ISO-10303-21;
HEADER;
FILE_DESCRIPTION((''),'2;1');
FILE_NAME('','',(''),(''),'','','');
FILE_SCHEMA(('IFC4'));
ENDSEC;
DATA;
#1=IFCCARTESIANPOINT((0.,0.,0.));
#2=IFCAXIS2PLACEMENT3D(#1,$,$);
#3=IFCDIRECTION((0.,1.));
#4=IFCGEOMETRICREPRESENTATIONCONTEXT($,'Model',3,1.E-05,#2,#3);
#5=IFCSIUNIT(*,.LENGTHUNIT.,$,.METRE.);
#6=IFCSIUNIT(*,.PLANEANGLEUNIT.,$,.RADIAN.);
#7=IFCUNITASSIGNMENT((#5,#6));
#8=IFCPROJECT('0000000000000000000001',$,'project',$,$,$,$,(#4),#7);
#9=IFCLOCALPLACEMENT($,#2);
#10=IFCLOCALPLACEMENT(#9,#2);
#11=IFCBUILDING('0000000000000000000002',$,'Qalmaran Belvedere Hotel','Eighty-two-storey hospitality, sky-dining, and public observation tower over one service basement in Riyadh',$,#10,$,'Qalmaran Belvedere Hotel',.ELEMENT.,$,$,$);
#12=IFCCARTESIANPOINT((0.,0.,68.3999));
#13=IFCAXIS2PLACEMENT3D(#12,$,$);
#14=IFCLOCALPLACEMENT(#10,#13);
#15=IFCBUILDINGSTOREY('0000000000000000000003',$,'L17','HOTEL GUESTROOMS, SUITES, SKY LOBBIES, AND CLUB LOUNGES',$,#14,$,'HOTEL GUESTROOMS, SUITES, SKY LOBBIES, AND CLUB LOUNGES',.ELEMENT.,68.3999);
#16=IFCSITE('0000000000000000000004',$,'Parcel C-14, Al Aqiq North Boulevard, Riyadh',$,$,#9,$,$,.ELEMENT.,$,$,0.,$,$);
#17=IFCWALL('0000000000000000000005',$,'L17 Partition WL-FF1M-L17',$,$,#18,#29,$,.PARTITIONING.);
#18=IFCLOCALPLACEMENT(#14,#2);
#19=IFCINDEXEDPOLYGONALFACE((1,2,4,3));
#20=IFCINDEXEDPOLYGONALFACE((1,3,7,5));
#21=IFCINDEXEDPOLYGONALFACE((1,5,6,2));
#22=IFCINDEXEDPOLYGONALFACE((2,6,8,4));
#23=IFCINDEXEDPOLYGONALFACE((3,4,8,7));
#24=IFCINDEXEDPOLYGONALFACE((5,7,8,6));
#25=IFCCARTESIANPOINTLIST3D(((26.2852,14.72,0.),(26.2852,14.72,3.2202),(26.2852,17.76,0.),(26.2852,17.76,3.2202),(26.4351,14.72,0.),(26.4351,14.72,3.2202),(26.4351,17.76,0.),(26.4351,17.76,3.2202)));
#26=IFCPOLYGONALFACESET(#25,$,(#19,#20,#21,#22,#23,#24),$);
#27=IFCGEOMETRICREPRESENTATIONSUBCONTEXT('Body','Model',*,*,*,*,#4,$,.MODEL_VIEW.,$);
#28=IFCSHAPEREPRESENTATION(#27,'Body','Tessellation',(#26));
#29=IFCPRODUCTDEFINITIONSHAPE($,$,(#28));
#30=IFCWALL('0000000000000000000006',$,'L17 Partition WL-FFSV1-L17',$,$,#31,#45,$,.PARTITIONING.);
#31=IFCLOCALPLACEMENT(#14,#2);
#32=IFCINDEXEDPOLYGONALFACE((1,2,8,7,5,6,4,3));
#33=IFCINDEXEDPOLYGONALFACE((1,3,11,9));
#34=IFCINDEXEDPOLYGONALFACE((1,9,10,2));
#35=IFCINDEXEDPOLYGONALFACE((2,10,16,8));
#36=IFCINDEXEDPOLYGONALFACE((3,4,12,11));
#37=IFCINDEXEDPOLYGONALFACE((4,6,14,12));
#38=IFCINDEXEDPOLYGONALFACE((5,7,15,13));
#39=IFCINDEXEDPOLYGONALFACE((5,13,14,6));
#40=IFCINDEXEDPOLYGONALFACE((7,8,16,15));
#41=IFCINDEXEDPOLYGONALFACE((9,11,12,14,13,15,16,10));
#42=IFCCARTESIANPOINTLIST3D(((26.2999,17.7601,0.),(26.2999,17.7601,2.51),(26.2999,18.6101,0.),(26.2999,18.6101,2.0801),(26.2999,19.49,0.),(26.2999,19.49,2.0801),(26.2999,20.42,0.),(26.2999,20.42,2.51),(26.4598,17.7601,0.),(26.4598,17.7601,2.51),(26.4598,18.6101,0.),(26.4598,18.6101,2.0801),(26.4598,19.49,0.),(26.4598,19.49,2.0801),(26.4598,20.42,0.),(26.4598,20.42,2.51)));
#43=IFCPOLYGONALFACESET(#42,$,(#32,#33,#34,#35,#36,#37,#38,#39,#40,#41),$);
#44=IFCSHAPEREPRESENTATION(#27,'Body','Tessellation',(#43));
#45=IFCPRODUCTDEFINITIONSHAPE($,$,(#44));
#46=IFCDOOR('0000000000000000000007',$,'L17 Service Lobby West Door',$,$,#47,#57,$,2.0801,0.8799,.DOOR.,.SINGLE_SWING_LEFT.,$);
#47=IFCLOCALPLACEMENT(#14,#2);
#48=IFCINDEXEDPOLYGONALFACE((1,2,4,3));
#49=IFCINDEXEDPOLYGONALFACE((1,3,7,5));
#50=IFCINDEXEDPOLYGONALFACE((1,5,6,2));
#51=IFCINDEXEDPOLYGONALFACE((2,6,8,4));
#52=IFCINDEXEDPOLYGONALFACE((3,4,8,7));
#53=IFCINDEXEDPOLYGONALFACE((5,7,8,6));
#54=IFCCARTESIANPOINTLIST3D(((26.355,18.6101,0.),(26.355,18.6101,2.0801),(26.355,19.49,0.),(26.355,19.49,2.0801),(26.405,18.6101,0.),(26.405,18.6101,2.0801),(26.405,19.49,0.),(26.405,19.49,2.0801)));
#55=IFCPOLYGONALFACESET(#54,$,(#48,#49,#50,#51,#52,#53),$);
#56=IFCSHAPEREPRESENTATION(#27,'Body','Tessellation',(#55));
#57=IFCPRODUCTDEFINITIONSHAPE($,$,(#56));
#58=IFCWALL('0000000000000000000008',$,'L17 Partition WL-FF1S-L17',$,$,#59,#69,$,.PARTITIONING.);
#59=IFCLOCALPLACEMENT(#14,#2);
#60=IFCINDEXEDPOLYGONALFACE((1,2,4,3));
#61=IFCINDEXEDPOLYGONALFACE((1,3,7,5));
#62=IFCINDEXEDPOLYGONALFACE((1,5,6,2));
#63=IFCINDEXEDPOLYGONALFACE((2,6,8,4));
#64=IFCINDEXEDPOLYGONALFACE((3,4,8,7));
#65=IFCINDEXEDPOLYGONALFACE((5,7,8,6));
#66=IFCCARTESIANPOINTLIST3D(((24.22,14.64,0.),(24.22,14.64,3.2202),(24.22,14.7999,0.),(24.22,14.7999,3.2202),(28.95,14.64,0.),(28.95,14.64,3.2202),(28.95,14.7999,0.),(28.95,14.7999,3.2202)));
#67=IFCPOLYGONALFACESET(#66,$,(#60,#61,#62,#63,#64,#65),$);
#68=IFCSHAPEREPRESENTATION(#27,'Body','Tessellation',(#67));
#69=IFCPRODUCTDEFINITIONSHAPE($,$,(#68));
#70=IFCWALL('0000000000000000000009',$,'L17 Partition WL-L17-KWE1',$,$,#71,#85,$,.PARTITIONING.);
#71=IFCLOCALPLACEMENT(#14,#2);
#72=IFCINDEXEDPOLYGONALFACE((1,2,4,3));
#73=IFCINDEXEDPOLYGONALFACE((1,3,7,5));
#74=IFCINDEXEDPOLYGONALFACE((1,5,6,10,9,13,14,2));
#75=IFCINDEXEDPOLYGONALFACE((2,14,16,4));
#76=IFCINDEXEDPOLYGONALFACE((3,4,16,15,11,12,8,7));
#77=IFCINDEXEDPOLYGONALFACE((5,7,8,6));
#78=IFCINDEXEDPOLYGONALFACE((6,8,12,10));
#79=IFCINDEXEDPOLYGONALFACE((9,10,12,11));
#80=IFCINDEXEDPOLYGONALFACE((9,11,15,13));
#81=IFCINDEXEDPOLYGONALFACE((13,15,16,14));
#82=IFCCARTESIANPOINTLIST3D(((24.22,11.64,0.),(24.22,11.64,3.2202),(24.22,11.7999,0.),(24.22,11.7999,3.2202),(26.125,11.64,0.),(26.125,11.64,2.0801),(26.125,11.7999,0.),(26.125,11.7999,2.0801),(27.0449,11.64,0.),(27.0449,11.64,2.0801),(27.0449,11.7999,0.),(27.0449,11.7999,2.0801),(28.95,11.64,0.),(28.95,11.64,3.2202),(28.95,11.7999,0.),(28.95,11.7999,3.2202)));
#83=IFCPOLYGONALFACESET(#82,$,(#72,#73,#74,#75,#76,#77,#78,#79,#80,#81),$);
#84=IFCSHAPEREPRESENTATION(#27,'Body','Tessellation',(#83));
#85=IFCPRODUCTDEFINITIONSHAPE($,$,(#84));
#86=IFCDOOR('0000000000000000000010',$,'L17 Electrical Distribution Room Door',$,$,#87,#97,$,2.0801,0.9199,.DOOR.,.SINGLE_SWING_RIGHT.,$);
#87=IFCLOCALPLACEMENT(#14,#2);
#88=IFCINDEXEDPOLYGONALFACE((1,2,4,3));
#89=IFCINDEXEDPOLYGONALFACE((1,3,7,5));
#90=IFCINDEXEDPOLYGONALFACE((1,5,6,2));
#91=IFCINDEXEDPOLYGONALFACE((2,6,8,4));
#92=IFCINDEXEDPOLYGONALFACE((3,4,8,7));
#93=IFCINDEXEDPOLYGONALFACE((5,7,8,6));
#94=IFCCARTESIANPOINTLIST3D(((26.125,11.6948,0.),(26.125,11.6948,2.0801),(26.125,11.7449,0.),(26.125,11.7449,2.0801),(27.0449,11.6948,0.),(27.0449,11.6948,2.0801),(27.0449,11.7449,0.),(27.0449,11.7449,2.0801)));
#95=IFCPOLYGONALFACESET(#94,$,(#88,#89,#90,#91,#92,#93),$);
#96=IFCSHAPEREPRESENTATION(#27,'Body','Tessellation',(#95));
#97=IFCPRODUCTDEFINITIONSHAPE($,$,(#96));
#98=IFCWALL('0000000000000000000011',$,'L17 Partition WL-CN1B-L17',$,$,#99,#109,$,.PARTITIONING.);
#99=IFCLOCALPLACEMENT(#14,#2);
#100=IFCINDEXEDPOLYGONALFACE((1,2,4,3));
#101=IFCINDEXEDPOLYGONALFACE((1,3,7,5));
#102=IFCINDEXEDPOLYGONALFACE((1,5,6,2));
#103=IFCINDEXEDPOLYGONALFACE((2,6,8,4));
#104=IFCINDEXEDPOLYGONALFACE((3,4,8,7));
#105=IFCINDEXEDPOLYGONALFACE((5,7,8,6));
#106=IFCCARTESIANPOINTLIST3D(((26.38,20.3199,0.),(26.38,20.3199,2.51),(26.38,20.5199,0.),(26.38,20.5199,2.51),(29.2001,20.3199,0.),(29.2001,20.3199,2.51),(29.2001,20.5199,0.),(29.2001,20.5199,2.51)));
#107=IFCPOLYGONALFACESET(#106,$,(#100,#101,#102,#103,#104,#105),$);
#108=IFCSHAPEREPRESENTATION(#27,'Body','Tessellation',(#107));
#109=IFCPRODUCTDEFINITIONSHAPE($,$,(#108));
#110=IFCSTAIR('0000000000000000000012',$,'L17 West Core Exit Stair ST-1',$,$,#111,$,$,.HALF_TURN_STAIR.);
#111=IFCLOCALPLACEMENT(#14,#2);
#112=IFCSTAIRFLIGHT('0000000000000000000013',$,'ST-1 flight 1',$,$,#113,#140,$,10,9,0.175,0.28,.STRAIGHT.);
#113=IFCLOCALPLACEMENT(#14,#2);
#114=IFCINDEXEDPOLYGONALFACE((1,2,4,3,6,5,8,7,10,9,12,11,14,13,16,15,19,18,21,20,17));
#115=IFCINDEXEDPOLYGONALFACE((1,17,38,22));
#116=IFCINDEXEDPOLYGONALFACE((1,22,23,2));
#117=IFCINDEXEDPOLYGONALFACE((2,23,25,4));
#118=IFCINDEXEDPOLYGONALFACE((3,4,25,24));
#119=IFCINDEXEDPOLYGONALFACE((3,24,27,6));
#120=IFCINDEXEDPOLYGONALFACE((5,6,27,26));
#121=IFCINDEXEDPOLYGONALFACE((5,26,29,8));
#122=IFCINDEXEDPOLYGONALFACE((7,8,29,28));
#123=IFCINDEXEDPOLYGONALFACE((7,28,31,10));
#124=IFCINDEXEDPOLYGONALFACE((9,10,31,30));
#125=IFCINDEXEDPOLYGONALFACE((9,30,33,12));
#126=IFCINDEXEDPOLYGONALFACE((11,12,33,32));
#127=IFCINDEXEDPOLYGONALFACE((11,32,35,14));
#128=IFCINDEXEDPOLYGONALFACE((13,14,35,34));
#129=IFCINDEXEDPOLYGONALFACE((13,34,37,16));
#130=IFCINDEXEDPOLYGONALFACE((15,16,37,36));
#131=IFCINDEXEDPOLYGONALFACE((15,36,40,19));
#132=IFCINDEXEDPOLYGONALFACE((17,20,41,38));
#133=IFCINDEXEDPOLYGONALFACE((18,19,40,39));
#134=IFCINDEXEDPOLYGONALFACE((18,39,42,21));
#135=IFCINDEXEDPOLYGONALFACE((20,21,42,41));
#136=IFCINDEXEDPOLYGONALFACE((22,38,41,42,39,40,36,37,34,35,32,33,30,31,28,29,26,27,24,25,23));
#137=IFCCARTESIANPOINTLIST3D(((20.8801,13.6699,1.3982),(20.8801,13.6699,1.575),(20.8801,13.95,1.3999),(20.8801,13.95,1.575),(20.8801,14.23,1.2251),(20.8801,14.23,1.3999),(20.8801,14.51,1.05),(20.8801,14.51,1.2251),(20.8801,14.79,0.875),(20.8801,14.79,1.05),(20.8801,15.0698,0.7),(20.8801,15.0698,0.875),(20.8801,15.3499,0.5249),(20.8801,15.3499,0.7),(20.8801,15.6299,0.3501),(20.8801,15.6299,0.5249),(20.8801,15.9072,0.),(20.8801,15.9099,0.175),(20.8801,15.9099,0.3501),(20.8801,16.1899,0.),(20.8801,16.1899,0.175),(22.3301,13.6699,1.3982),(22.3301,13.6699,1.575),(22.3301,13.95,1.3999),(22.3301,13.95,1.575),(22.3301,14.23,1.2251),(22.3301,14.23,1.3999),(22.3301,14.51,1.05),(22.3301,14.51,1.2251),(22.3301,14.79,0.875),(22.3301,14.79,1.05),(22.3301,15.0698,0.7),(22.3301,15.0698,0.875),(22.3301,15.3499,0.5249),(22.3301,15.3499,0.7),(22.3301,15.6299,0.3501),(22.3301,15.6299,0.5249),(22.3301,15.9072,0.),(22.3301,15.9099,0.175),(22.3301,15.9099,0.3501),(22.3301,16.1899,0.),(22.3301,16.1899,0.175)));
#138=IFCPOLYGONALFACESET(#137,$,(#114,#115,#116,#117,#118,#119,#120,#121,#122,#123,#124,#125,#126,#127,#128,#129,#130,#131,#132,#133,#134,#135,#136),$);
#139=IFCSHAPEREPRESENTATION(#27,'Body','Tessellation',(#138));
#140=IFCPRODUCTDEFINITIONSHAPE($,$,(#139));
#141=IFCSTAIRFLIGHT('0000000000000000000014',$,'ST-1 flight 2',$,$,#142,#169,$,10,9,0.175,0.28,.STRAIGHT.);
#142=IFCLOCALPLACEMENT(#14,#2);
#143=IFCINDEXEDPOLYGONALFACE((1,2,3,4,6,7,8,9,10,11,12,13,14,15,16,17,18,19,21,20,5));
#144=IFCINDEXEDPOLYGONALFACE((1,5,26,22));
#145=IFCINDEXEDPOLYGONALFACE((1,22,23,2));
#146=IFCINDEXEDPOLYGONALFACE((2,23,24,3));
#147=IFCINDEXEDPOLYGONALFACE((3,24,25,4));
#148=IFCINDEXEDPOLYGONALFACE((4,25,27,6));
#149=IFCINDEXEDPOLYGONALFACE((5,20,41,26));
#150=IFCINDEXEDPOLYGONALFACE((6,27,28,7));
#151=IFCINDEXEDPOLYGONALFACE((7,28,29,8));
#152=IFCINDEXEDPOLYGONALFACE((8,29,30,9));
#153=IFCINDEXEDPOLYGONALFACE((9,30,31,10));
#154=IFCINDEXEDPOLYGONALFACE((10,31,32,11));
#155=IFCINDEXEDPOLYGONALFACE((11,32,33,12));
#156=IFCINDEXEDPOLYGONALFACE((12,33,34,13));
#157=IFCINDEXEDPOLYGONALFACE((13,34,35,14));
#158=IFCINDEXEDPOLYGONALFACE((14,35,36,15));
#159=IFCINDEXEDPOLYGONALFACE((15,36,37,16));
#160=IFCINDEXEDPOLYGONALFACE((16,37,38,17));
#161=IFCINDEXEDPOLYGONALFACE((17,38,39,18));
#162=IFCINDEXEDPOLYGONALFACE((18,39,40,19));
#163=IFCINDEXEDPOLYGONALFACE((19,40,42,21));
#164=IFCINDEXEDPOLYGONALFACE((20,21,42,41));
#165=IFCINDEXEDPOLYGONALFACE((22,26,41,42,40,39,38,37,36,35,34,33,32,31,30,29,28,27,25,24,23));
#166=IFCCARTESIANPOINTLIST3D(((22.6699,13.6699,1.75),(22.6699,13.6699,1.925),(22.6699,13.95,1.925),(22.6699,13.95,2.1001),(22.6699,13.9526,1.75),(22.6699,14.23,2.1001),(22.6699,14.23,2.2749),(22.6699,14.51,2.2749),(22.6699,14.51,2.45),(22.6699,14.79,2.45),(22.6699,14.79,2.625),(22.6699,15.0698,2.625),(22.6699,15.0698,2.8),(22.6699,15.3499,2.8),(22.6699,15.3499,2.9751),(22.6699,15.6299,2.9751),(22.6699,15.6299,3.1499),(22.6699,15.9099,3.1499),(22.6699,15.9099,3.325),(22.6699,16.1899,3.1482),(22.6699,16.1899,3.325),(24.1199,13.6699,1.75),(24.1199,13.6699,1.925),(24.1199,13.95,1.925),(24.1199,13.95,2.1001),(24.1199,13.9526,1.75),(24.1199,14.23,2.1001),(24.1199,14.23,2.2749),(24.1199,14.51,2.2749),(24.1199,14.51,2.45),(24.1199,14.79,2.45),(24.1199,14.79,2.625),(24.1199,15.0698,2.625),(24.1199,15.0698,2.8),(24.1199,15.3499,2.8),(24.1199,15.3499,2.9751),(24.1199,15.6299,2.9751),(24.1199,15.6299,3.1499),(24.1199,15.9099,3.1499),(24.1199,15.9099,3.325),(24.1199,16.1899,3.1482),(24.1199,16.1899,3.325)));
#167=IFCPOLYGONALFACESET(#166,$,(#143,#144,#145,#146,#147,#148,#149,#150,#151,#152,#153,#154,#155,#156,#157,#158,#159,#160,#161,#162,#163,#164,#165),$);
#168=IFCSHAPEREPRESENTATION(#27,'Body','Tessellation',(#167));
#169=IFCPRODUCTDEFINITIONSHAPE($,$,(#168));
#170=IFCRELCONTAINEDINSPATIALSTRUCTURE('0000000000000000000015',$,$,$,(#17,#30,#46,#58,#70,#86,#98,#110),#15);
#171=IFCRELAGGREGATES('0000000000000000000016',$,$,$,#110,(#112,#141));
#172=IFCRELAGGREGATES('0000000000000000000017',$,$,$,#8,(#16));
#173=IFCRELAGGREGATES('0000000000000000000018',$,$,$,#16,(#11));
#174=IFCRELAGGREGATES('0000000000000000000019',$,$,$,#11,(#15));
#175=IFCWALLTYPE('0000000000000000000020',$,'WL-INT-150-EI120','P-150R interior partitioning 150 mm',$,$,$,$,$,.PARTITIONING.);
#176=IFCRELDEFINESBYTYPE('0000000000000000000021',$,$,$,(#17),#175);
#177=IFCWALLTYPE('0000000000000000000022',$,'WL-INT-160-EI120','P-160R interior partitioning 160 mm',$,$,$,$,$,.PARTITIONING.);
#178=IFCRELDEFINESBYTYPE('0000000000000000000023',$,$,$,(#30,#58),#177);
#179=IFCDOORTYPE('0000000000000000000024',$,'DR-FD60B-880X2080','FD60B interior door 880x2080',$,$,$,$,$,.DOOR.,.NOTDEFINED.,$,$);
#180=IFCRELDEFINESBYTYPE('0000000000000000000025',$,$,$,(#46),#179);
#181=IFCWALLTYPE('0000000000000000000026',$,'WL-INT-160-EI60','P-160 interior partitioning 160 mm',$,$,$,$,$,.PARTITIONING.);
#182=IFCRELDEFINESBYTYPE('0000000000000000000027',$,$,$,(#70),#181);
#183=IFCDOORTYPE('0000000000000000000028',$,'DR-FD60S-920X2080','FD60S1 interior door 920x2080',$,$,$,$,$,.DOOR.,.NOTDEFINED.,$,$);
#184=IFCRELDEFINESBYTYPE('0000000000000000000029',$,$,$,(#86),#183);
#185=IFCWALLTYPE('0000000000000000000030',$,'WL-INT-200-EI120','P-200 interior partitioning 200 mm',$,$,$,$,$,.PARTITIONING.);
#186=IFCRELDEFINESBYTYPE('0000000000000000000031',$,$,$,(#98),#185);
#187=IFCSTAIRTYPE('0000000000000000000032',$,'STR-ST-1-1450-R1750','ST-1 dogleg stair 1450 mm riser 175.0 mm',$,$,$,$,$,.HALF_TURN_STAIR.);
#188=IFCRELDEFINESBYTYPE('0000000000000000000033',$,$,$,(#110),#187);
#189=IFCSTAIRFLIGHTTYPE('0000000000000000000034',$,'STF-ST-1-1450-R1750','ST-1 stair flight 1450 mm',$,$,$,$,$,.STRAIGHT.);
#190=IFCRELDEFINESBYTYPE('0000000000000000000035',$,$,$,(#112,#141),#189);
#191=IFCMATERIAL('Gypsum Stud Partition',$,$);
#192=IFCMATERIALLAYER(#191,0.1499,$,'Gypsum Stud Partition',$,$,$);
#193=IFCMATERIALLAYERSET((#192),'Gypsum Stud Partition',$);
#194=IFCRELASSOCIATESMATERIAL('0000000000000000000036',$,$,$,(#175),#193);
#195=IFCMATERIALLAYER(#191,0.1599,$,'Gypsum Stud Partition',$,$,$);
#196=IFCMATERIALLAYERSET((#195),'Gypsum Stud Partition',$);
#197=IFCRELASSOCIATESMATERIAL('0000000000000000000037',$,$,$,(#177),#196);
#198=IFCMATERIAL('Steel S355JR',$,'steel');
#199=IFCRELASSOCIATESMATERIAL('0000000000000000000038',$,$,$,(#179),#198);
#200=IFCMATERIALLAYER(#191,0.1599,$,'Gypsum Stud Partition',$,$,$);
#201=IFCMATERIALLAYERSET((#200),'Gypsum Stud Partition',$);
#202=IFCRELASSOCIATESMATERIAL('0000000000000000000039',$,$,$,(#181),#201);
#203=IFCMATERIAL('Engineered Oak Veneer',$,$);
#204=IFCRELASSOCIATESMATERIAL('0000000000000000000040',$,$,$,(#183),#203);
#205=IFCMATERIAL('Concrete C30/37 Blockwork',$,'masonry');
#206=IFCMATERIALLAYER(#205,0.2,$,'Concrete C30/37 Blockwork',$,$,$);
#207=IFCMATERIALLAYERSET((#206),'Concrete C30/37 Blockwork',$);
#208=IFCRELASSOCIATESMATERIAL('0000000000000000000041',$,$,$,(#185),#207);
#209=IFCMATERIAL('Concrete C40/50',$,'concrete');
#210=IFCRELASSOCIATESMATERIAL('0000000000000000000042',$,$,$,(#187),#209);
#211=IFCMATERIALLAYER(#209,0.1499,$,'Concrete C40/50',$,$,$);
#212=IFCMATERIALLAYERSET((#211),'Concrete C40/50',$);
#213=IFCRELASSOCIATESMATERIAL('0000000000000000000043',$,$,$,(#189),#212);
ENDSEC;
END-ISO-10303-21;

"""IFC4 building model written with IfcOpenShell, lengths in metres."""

from ifc_helpers import new_model, si_unit, direction, frame, frame_2d, origin, place, context, subcontext, project, spatial, polyline, rectangle, outline, extrude, material, layer, layer_set, type_object, element, fill, aggregate, save


model = new_model("IFC4")

# Units and contexts
model_context = context("Model", 3, precision=1e-05, world=origin(), true_north=direction((0.0, 1.0)))
body_context = subcontext(model_context, "Body", "Model", "MODEL_VIEW")
ifc_project = project(units=[si_unit("LENGTHUNIT", "METRE"), si_unit("PLANEANGLEUNIT", "RADIAN")], contexts=[model_context])

# Site, building, storey
site_placement = place(None, origin())
site = spatial("IfcSite", under=ifc_project, at=site_placement, Name="Parcel C-14, Al Aqiq North Boulevard, Riyadh", CompositionType="ELEMENT", RefElevation=0.0)
building_placement = place(site_placement, origin())
building = spatial("IfcBuilding", under=site, at=building_placement, Name="Qalmaran Belvedere Hotel", Description="Eighty-two-storey hospitality, sky-dining, and public observation tower over one service basement in Riyadh", LongName="Qalmaran Belvedere Hotel", CompositionType="ELEMENT")
storey_placement = place(building_placement, frame((0.0, 0.0, 68.3999)))
storey = spatial("IfcBuildingStorey", under=building, at=storey_placement, Name="L17", Description="HOTEL GUESTROOMS, SUITES, SKY LOBBIES, AND CLUB LOUNGES", LongName="HOTEL GUESTROOMS, SUITES, SKY LOBBIES, AND CLUB LOUNGES", CompositionType="ELEMENT", Elevation=68.3999)

# Wall
ifc_material_1 = material(Name="Gypsum Stud Partition")
ifc_layer_1 = layer(ifc_material_1, 0.1499, Name="Gypsum Stud Partition")
ifc_layer_set_1 = layer_set([ifc_layer_1], Name="Gypsum Stud Partition")
wall_type_1 = type_object("IfcWallType", Name="WL-INT-150-EI120", Description="P-150R interior partitioning 150 mm", PredefinedType="PARTITIONING", material=ifc_layer_set_1)
wall_1_placement = place(storey_placement, frame((26.3601, 14.72, 0.0), z_axis=(0.0, 0.0, 1.0), x_axis=(0.0, 1.0, 0.0)))
element("IfcWall", 1, at=wall_1_placement, inside=storey, type_object=wall_type_1, Name="L17 Partition WL-FF1M-L17", PredefinedType="PARTITIONING", context=body_context, shape_type="SweptSolid", body=[
    extrude(rectangle(XDim=3.04, YDim=0.1499, at=frame_2d((1.52, 0.0))), origin(), (0.0, 0.0, 1.0), 3.2202),
])

# Wall, opening, door
ifc_layer_2 = layer(ifc_material_1, 0.1599, Name="Gypsum Stud Partition")
ifc_layer_set_2 = layer_set([ifc_layer_2], Name="Gypsum Stud Partition")
wall_type_2 = type_object("IfcWallType", Name="WL-INT-160-EI120", Description="P-160R interior partitioning 160 mm", PredefinedType="PARTITIONING", material=ifc_layer_set_2)
wall_2_placement = place(storey_placement, frame((26.3799, 17.76, 0.0), z_axis=(0.0, 0.0, 1.0), x_axis=(0.0, 1.0, 0.0)))
wall_2 = element("IfcWall", 2, at=wall_2_placement, inside=storey, type_object=wall_type_2, Name="L17 Partition WL-FFSV1-L17", PredefinedType="PARTITIONING", context=body_context, shape_type="SweptSolid", body=[
    extrude(rectangle(XDim=2.6599, YDim=0.1599, at=frame_2d((1.3301, 0.0))), origin(), (0.0, 0.0, 1.0), 2.51),
])
opening_1_placement = place(wall_2_placement, frame((0.8501, 0.0, 0.0)))
opening_1 = element("IfcOpeningElement", 3, at=opening_1_placement, cuts=wall_2, PredefinedType="OPENING", context=body_context, shape_type="SweptSolid", body=[
    extrude(rectangle(XDim=0.8799, YDim=2.0801, at=frame_2d((0.4399, 1.04))), frame((0.0, 0.0898, 0.0), z_axis=(0.0, -1.0, 0.0), x_axis=(1.0, 0.0, 0.0)), (0.0, 0.0, 1.0), 0.1799),
])
ifc_material_2 = material(Name="Steel S355JR", Category="steel")
door_type_1 = type_object("IfcDoorType", Name="DR-FD60B-880X2080", Description="FD60B interior door 880x2080", OperationType="NOTDEFINED", PredefinedType="DOOR", material=ifc_material_2)
door_1_placement = place(opening_1_placement, origin())
door_1 = element("IfcDoor", 4, at=door_1_placement, inside=storey, type_object=door_type_1, Name="L17 Service Lobby West Door", OperationType="SINGLE_SWING_LEFT", OverallHeight=2.0801, OverallWidth=0.8799, PredefinedType="DOOR", context=body_context, shape_type="SweptSolid", body=[
    extrude(rectangle(XDim=0.8799, YDim=2.0801, at=frame_2d((0.4399, 1.04))), frame((0.0, 0.0249, 0.0), z_axis=(0.0, -1.0, 0.0), x_axis=(1.0, 0.0, 0.0)), (0.0, 0.0, 1.0), 0.05),
])
fill(opening_1, door_1)

# Wall
wall_3_placement = place(storey_placement, frame((24.22, 14.72, 0.0), z_axis=(0.0, 0.0, 1.0), x_axis=(1.0, 0.0, 0.0)))
element("IfcWall", 5, at=wall_3_placement, inside=storey, type_object=wall_type_2, Name="L17 Partition WL-FF1S-L17", PredefinedType="PARTITIONING", context=body_context, shape_type="SweptSolid", body=[
    extrude(rectangle(XDim=4.73, YDim=0.1599, at=frame_2d((2.365, 0.0))), origin(), (0.0, 0.0, 1.0), 3.2202),
])

# Wall, opening, door
ifc_layer_3 = layer(ifc_material_1, 0.1599, Name="Gypsum Stud Partition")
ifc_layer_set_3 = layer_set([ifc_layer_3], Name="Gypsum Stud Partition")
wall_type_3 = type_object("IfcWallType", Name="WL-INT-160-EI60", Description="P-160 interior partitioning 160 mm", PredefinedType="PARTITIONING", material=ifc_layer_set_3)
wall_4_placement = place(storey_placement, frame((24.22, 11.72, 0.0), z_axis=(0.0, 0.0, 1.0), x_axis=(1.0, 0.0, 0.0)))
wall_4 = element("IfcWall", 6, at=wall_4_placement, inside=storey, type_object=wall_type_3, Name="L17 Partition WL-L17-KWE1", PredefinedType="PARTITIONING", context=body_context, shape_type="SweptSolid", body=[
    extrude(rectangle(XDim=4.73, YDim=0.1599, at=frame_2d((2.365, 0.0))), origin(), (0.0, 0.0, 1.0), 3.2202),
])
opening_2_placement = place(wall_4_placement, frame((1.905, 0.0, 0.0)))
opening_2 = element("IfcOpeningElement", 7, at=opening_2_placement, cuts=wall_4, PredefinedType="OPENING", context=body_context, shape_type="SweptSolid", body=[
    extrude(rectangle(XDim=0.9199, YDim=2.0801, at=frame_2d((0.46, 1.04))), frame((0.0, 0.0898, 0.0), z_axis=(0.0, -1.0, 0.0), x_axis=(1.0, 0.0, 0.0)), (0.0, 0.0, 1.0), 0.1799),
])
ifc_material_3 = material(Name="Engineered Oak Veneer")
door_type_2 = type_object("IfcDoorType", Name="DR-FD60S-920X2080", Description="FD60S1 interior door 920x2080", OperationType="NOTDEFINED", PredefinedType="DOOR", material=ifc_material_3)
door_2_placement = place(opening_2_placement, origin())
door_2 = element("IfcDoor", 8, at=door_2_placement, inside=storey, type_object=door_type_2, Name="L17 Electrical Distribution Room Door", OperationType="SINGLE_SWING_RIGHT", OverallHeight=2.0801, OverallWidth=0.9199, PredefinedType="DOOR", context=body_context, shape_type="SweptSolid", body=[
    extrude(rectangle(XDim=0.9199, YDim=2.0801, at=frame_2d((0.46, 1.04))), frame((0.0, 0.0249, 0.0), z_axis=(0.0, -1.0, 0.0), x_axis=(1.0, 0.0, 0.0)), (0.0, 0.0, 1.0), 0.05),
])
fill(opening_2, door_2)

# Wall
ifc_material_4 = material(Name="Concrete C30/37 Blockwork", Category="masonry")
ifc_layer_4 = layer(ifc_material_4, 0.2, Name="Concrete C30/37 Blockwork")
ifc_layer_set_4 = layer_set([ifc_layer_4], Name="Concrete C30/37 Blockwork")
wall_type_4 = type_object("IfcWallType", Name="WL-INT-200-EI120", Description="P-200 interior partitioning 200 mm", PredefinedType="PARTITIONING", material=ifc_layer_set_4)
wall_5_placement = place(storey_placement, frame((26.3799, 20.4199, 0.0), z_axis=(0.0, 0.0, 1.0), x_axis=(1.0, 0.0, 0.0)))
element("IfcWall", 9, at=wall_5_placement, inside=storey, type_object=wall_type_4, Name="L17 Partition WL-CN1B-L17", PredefinedType="PARTITIONING", context=body_context, shape_type="SweptSolid", body=[
    extrude(rectangle(XDim=2.8201, YDim=0.2, at=frame_2d((1.4102, 0.0))), origin(), (0.0, 0.0, 1.0), 2.51),
])

# Stair, stair flights
ifc_material_5 = material(Name="Concrete C40/50", Category="concrete")
stair_type = type_object("IfcStairType", Name="STR-ST-1-1450-R1750", Description="ST-1 dogleg stair 1450 mm riser 175.0 mm", PredefinedType="HALF_TURN_STAIR", material=ifc_material_5)
stair_placement = place(storey_placement, origin())
stair = element("IfcStair", 10, at=stair_placement, inside=storey, type_object=stair_type, Name="L17 West Core Exit Stair ST-1", PredefinedType="HALF_TURN_STAIR")
ifc_layer_5 = layer(ifc_material_5, 0.1499, Name="Concrete C40/50")
ifc_layer_set_5 = layer_set([ifc_layer_5], Name="Concrete C40/50")
stair_flight_type = type_object("IfcStairFlightType", Name="STF-ST-1-1450-R1750", Description="ST-1 stair flight 1450 mm", PredefinedType="STRAIGHT", material=ifc_layer_set_5)
stair_flight_1_placement = place(storey_placement, frame((21.605, 16.1899, 0.0), z_axis=(0.0, 0.0, 1.0), x_axis=(0.0, -1.0, 0.0)))
stair_flight_1 = element("IfcStairFlight", 11, at=stair_flight_1_placement, type_object=stair_flight_type, Name="ST-1 flight 1", NumberOfRisers=10, NumberOfTreads=9, PredefinedType="STRAIGHT", RiserHeight=0.175, TreadLength=0.28, context=body_context, shape_type="SweptSolid", body=[
    extrude(outline(polyline([(0.0, 0.0), (0.0, 0.175), (0.28, 0.175), (0.28, 0.3501), (0.5601, 0.3501), (0.5601, 0.5249), (0.8401, 0.5249), (0.8401, 0.7), (1.1201, 0.7), (1.1201, 0.875), (1.3999, 0.875), (1.3999, 1.05), (1.6799, 1.05), (1.6799, 1.2251), (1.96, 1.2251), (1.96, 1.3999), (2.24, 1.3999), (2.24, 1.575), (2.52, 1.575), (2.52, 1.75), (2.52, 1.3982), (0.2827, 0.0), (0.0, 0.0)])), frame((0.0, 0.7251, 0.0), z_axis=(0.0, -1.0, 0.0), x_axis=(1.0, 0.0, 0.0)), (0.0, 0.0, 1.0), 1.45),
])
stair_flight_2_placement = place(storey_placement, frame((23.395, 13.6699, 1.75), z_axis=(0.0, 0.0, 1.0), x_axis=(0.0, 1.0, 0.0)))
stair_flight_2 = element("IfcStairFlight", 12, at=stair_flight_2_placement, type_object=stair_flight_type, Name="ST-1 flight 2", NumberOfRisers=10, NumberOfTreads=9, PredefinedType="STRAIGHT", RiserHeight=0.175, TreadLength=0.28, context=body_context, shape_type="SweptSolid", body=[
    extrude(outline(polyline([(0.0, 0.0), (0.0, 0.175), (0.28, 0.175), (0.28, 0.3501), (0.5601, 0.3501), (0.5601, 0.5249), (0.8401, 0.5249), (0.8401, 0.7), (1.1201, 0.7), (1.1201, 0.875), (1.3999, 0.875), (1.3999, 1.05), (1.6799, 1.05), (1.6799, 1.2251), (1.96, 1.2251), (1.96, 1.3999), (2.24, 1.3999), (2.24, 1.575), (2.52, 1.575), (2.52, 1.75), (2.52, 1.3982), (0.2827, 0.0), (0.0, 0.0)])), frame((0.0, 0.7251, 0.0), z_axis=(0.0, -1.0, 0.0), x_axis=(1.0, 0.0, 0.0)), (0.0, 0.0, 1.0), 1.45),
])
aggregate(stair, [stair_flight_1, stair_flight_2])

save(model, "model.ifc")
